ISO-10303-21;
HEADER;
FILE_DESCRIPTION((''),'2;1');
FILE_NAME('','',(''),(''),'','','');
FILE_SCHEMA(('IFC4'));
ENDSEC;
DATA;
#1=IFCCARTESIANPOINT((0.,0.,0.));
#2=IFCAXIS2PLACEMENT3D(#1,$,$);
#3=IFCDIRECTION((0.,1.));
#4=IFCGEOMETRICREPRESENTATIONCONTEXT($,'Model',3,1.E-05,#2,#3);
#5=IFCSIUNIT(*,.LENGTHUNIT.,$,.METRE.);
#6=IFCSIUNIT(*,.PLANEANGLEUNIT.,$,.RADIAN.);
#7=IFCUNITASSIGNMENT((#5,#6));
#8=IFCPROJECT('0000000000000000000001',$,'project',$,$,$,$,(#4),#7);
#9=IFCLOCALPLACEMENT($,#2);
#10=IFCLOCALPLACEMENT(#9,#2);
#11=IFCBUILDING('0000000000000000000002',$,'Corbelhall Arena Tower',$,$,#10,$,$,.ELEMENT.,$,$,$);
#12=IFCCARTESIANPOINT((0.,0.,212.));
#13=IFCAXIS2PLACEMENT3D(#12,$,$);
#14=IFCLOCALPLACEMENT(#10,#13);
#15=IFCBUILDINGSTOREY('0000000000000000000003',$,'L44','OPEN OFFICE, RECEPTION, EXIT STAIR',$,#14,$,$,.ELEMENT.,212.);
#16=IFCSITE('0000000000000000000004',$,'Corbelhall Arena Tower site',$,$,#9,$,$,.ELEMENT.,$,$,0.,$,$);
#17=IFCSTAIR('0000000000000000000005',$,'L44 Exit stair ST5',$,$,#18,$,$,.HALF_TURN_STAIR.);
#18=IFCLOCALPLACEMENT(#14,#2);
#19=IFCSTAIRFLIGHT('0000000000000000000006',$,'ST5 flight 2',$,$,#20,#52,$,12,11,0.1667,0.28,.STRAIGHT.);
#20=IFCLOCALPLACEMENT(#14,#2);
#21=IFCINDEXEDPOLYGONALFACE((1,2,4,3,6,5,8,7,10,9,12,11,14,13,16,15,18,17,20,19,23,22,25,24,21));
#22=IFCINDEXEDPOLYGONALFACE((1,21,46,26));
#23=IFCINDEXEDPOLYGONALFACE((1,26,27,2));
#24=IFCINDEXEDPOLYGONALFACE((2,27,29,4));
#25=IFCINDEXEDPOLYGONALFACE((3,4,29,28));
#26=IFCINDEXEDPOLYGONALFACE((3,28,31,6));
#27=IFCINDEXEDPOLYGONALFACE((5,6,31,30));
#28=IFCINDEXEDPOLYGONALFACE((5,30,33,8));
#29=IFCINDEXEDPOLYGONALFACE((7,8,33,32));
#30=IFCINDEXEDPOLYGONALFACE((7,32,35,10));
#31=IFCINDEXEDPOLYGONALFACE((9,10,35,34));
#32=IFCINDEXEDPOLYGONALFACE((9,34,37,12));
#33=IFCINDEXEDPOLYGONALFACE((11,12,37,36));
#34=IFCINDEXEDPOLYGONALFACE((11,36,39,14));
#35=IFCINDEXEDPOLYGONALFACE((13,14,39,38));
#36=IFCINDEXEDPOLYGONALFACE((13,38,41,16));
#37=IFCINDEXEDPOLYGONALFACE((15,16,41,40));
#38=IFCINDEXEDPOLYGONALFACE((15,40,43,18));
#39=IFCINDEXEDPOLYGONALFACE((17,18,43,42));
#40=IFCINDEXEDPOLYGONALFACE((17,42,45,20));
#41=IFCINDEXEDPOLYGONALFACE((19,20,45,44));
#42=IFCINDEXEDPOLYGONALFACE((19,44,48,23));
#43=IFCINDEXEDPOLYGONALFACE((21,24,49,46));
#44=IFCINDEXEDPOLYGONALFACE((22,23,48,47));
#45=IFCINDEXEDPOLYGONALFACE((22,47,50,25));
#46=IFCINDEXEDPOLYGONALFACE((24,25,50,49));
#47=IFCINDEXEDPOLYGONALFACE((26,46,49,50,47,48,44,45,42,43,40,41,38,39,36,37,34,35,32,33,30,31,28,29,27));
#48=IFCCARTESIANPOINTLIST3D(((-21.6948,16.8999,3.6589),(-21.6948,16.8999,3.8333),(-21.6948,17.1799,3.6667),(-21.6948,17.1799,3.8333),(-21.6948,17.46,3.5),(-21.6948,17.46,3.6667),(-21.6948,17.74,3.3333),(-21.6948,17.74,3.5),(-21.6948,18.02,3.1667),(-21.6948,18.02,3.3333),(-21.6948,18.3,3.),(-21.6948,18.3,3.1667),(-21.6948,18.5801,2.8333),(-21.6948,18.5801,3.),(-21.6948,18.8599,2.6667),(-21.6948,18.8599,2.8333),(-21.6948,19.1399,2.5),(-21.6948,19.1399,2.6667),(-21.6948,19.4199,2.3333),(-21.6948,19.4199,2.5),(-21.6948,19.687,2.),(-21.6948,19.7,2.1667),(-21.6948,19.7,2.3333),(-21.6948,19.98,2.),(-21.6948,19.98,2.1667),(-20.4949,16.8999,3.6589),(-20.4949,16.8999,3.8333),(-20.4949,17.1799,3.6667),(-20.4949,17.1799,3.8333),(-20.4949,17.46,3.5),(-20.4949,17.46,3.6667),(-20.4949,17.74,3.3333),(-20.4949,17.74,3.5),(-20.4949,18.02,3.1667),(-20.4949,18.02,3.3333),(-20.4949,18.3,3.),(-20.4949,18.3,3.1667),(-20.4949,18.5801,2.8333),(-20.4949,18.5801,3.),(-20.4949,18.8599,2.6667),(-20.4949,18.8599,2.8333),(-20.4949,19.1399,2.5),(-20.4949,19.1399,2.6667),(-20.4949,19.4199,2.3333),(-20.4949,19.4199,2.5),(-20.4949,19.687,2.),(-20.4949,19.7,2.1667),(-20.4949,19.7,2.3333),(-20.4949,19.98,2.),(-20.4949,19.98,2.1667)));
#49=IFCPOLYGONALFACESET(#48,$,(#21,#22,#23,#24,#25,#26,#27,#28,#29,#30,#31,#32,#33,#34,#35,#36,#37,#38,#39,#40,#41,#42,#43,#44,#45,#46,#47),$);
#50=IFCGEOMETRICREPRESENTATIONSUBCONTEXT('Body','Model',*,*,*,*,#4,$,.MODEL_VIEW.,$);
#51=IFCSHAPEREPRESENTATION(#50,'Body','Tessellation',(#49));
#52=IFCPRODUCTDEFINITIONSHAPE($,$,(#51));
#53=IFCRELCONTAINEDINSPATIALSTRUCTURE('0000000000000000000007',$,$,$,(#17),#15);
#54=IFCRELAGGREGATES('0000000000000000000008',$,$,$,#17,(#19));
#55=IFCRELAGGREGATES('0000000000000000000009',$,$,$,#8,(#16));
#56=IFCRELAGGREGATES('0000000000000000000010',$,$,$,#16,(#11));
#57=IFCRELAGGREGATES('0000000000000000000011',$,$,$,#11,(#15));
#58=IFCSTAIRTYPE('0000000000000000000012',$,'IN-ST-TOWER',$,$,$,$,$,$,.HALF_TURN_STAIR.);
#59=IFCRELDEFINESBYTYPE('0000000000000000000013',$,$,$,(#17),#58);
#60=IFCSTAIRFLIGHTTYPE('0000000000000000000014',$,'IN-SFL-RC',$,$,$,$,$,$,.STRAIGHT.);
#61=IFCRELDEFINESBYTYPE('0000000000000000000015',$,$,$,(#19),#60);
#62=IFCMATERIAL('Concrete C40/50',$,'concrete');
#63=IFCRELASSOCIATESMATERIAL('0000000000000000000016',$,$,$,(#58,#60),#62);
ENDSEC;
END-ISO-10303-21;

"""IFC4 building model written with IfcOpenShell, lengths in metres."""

from ifc_helpers import new_model, si_unit, direction, frame, origin, place, context, subcontext, project, spatial, polyline, outline, extrude, material, type_object, element, aggregate, save


model = new_model("IFC4")

# Units and contexts
model_context = context("Model", 3, precision=1e-05, world=origin(), true_north=direction((0.0, 1.0)))
body_context = subcontext(model_context, "Body", "Model", "MODEL_VIEW")
ifc_project = project(units=[si_unit("LENGTHUNIT", "METRE"), si_unit("PLANEANGLEUNIT", "RADIAN")], contexts=[model_context])

# Site, building, storey
site_placement = place(None, origin())
site = spatial("IfcSite", under=ifc_project, at=site_placement, Name="Corbelhall Arena Tower site", CompositionType="ELEMENT", RefElevation=0.0)
building_placement = place(site_placement, origin())
building = spatial("IfcBuilding", under=site, at=building_placement, Name="Corbelhall Arena Tower", CompositionType="ELEMENT")
storey_placement = place(building_placement, frame((0.0, 0.0, 212.0)))
storey = spatial("IfcBuildingStorey", under=building, at=storey_placement, Name="L44", Description="OPEN OFFICE, RECEPTION, EXIT STAIR", CompositionType="ELEMENT", Elevation=212.0)

# Shared definitions
ifc_material_1 = material(Name="Concrete C40/50", Category="concrete")

# Shared definitions
stair_type = type_object("IfcStairType", Name="IN-ST-TOWER", PredefinedType="HALF_TURN_STAIR", material=ifc_material_1)
stair_flight_type = type_object("IfcStairFlightType", Name="IN-SFL-RC", PredefinedType="STRAIGHT", material=ifc_material_1)

# Stair, stair flight
stair_1_placement = place(storey_placement, origin())
stair_1 = element("IfcStair", 1, at=stair_1_placement, inside=storey, type_object=stair_type, Name="L44 Exit stair ST5", PredefinedType="HALF_TURN_STAIR")
stair_flight_1_placement = place(storey_placement, frame((-21.095, 19.98, 2.0), z_axis=(0.0, 0.0, 1.0), x_axis=(0.0, -1.0, 0.0)))
stair_flight_1 = element("IfcStairFlight", 2, at=stair_flight_1_placement, type_object=stair_flight_type, Name="ST5 flight 2", NumberOfRisers=12, NumberOfTreads=11, PredefinedType="STRAIGHT", RiserHeight=0.1667, TreadLength=0.28, context=body_context, shape_type="SweptSolid", body=[
    extrude(outline(polyline([(0.0, 0.0), (0.0, 0.1667), (0.28, 0.1667), (0.28, 0.3333), (0.5601, 0.3333), (0.5601, 0.5), (0.8401, 0.5), (0.8401, 0.6667), (1.1201, 0.6667), (1.1201, 0.8333), (1.3999, 0.8333), (1.3999, 1.0), (1.6799, 1.0), (1.6799, 1.1667), (1.96, 1.1667), (1.96, 1.3333), (2.24, 1.3333), (2.24, 1.5), (2.52, 1.5), (2.52, 1.6667), (2.8, 1.6667), (2.8, 1.8333), (3.0801, 1.8333), (3.0801, 2.0), (3.0801, 1.6589), (0.293, 0.0), (0.0, 0.0)])), frame((0.0, 0.6001, 0.0), z_axis=(0.0, -1.0, 0.0), x_axis=(1.0, 0.0, 0.0)), (0.0, 0.0, 1.0), 1.2),
])
aggregate(stair_1, [stair_flight_1])

save(model, "model.ifc")
